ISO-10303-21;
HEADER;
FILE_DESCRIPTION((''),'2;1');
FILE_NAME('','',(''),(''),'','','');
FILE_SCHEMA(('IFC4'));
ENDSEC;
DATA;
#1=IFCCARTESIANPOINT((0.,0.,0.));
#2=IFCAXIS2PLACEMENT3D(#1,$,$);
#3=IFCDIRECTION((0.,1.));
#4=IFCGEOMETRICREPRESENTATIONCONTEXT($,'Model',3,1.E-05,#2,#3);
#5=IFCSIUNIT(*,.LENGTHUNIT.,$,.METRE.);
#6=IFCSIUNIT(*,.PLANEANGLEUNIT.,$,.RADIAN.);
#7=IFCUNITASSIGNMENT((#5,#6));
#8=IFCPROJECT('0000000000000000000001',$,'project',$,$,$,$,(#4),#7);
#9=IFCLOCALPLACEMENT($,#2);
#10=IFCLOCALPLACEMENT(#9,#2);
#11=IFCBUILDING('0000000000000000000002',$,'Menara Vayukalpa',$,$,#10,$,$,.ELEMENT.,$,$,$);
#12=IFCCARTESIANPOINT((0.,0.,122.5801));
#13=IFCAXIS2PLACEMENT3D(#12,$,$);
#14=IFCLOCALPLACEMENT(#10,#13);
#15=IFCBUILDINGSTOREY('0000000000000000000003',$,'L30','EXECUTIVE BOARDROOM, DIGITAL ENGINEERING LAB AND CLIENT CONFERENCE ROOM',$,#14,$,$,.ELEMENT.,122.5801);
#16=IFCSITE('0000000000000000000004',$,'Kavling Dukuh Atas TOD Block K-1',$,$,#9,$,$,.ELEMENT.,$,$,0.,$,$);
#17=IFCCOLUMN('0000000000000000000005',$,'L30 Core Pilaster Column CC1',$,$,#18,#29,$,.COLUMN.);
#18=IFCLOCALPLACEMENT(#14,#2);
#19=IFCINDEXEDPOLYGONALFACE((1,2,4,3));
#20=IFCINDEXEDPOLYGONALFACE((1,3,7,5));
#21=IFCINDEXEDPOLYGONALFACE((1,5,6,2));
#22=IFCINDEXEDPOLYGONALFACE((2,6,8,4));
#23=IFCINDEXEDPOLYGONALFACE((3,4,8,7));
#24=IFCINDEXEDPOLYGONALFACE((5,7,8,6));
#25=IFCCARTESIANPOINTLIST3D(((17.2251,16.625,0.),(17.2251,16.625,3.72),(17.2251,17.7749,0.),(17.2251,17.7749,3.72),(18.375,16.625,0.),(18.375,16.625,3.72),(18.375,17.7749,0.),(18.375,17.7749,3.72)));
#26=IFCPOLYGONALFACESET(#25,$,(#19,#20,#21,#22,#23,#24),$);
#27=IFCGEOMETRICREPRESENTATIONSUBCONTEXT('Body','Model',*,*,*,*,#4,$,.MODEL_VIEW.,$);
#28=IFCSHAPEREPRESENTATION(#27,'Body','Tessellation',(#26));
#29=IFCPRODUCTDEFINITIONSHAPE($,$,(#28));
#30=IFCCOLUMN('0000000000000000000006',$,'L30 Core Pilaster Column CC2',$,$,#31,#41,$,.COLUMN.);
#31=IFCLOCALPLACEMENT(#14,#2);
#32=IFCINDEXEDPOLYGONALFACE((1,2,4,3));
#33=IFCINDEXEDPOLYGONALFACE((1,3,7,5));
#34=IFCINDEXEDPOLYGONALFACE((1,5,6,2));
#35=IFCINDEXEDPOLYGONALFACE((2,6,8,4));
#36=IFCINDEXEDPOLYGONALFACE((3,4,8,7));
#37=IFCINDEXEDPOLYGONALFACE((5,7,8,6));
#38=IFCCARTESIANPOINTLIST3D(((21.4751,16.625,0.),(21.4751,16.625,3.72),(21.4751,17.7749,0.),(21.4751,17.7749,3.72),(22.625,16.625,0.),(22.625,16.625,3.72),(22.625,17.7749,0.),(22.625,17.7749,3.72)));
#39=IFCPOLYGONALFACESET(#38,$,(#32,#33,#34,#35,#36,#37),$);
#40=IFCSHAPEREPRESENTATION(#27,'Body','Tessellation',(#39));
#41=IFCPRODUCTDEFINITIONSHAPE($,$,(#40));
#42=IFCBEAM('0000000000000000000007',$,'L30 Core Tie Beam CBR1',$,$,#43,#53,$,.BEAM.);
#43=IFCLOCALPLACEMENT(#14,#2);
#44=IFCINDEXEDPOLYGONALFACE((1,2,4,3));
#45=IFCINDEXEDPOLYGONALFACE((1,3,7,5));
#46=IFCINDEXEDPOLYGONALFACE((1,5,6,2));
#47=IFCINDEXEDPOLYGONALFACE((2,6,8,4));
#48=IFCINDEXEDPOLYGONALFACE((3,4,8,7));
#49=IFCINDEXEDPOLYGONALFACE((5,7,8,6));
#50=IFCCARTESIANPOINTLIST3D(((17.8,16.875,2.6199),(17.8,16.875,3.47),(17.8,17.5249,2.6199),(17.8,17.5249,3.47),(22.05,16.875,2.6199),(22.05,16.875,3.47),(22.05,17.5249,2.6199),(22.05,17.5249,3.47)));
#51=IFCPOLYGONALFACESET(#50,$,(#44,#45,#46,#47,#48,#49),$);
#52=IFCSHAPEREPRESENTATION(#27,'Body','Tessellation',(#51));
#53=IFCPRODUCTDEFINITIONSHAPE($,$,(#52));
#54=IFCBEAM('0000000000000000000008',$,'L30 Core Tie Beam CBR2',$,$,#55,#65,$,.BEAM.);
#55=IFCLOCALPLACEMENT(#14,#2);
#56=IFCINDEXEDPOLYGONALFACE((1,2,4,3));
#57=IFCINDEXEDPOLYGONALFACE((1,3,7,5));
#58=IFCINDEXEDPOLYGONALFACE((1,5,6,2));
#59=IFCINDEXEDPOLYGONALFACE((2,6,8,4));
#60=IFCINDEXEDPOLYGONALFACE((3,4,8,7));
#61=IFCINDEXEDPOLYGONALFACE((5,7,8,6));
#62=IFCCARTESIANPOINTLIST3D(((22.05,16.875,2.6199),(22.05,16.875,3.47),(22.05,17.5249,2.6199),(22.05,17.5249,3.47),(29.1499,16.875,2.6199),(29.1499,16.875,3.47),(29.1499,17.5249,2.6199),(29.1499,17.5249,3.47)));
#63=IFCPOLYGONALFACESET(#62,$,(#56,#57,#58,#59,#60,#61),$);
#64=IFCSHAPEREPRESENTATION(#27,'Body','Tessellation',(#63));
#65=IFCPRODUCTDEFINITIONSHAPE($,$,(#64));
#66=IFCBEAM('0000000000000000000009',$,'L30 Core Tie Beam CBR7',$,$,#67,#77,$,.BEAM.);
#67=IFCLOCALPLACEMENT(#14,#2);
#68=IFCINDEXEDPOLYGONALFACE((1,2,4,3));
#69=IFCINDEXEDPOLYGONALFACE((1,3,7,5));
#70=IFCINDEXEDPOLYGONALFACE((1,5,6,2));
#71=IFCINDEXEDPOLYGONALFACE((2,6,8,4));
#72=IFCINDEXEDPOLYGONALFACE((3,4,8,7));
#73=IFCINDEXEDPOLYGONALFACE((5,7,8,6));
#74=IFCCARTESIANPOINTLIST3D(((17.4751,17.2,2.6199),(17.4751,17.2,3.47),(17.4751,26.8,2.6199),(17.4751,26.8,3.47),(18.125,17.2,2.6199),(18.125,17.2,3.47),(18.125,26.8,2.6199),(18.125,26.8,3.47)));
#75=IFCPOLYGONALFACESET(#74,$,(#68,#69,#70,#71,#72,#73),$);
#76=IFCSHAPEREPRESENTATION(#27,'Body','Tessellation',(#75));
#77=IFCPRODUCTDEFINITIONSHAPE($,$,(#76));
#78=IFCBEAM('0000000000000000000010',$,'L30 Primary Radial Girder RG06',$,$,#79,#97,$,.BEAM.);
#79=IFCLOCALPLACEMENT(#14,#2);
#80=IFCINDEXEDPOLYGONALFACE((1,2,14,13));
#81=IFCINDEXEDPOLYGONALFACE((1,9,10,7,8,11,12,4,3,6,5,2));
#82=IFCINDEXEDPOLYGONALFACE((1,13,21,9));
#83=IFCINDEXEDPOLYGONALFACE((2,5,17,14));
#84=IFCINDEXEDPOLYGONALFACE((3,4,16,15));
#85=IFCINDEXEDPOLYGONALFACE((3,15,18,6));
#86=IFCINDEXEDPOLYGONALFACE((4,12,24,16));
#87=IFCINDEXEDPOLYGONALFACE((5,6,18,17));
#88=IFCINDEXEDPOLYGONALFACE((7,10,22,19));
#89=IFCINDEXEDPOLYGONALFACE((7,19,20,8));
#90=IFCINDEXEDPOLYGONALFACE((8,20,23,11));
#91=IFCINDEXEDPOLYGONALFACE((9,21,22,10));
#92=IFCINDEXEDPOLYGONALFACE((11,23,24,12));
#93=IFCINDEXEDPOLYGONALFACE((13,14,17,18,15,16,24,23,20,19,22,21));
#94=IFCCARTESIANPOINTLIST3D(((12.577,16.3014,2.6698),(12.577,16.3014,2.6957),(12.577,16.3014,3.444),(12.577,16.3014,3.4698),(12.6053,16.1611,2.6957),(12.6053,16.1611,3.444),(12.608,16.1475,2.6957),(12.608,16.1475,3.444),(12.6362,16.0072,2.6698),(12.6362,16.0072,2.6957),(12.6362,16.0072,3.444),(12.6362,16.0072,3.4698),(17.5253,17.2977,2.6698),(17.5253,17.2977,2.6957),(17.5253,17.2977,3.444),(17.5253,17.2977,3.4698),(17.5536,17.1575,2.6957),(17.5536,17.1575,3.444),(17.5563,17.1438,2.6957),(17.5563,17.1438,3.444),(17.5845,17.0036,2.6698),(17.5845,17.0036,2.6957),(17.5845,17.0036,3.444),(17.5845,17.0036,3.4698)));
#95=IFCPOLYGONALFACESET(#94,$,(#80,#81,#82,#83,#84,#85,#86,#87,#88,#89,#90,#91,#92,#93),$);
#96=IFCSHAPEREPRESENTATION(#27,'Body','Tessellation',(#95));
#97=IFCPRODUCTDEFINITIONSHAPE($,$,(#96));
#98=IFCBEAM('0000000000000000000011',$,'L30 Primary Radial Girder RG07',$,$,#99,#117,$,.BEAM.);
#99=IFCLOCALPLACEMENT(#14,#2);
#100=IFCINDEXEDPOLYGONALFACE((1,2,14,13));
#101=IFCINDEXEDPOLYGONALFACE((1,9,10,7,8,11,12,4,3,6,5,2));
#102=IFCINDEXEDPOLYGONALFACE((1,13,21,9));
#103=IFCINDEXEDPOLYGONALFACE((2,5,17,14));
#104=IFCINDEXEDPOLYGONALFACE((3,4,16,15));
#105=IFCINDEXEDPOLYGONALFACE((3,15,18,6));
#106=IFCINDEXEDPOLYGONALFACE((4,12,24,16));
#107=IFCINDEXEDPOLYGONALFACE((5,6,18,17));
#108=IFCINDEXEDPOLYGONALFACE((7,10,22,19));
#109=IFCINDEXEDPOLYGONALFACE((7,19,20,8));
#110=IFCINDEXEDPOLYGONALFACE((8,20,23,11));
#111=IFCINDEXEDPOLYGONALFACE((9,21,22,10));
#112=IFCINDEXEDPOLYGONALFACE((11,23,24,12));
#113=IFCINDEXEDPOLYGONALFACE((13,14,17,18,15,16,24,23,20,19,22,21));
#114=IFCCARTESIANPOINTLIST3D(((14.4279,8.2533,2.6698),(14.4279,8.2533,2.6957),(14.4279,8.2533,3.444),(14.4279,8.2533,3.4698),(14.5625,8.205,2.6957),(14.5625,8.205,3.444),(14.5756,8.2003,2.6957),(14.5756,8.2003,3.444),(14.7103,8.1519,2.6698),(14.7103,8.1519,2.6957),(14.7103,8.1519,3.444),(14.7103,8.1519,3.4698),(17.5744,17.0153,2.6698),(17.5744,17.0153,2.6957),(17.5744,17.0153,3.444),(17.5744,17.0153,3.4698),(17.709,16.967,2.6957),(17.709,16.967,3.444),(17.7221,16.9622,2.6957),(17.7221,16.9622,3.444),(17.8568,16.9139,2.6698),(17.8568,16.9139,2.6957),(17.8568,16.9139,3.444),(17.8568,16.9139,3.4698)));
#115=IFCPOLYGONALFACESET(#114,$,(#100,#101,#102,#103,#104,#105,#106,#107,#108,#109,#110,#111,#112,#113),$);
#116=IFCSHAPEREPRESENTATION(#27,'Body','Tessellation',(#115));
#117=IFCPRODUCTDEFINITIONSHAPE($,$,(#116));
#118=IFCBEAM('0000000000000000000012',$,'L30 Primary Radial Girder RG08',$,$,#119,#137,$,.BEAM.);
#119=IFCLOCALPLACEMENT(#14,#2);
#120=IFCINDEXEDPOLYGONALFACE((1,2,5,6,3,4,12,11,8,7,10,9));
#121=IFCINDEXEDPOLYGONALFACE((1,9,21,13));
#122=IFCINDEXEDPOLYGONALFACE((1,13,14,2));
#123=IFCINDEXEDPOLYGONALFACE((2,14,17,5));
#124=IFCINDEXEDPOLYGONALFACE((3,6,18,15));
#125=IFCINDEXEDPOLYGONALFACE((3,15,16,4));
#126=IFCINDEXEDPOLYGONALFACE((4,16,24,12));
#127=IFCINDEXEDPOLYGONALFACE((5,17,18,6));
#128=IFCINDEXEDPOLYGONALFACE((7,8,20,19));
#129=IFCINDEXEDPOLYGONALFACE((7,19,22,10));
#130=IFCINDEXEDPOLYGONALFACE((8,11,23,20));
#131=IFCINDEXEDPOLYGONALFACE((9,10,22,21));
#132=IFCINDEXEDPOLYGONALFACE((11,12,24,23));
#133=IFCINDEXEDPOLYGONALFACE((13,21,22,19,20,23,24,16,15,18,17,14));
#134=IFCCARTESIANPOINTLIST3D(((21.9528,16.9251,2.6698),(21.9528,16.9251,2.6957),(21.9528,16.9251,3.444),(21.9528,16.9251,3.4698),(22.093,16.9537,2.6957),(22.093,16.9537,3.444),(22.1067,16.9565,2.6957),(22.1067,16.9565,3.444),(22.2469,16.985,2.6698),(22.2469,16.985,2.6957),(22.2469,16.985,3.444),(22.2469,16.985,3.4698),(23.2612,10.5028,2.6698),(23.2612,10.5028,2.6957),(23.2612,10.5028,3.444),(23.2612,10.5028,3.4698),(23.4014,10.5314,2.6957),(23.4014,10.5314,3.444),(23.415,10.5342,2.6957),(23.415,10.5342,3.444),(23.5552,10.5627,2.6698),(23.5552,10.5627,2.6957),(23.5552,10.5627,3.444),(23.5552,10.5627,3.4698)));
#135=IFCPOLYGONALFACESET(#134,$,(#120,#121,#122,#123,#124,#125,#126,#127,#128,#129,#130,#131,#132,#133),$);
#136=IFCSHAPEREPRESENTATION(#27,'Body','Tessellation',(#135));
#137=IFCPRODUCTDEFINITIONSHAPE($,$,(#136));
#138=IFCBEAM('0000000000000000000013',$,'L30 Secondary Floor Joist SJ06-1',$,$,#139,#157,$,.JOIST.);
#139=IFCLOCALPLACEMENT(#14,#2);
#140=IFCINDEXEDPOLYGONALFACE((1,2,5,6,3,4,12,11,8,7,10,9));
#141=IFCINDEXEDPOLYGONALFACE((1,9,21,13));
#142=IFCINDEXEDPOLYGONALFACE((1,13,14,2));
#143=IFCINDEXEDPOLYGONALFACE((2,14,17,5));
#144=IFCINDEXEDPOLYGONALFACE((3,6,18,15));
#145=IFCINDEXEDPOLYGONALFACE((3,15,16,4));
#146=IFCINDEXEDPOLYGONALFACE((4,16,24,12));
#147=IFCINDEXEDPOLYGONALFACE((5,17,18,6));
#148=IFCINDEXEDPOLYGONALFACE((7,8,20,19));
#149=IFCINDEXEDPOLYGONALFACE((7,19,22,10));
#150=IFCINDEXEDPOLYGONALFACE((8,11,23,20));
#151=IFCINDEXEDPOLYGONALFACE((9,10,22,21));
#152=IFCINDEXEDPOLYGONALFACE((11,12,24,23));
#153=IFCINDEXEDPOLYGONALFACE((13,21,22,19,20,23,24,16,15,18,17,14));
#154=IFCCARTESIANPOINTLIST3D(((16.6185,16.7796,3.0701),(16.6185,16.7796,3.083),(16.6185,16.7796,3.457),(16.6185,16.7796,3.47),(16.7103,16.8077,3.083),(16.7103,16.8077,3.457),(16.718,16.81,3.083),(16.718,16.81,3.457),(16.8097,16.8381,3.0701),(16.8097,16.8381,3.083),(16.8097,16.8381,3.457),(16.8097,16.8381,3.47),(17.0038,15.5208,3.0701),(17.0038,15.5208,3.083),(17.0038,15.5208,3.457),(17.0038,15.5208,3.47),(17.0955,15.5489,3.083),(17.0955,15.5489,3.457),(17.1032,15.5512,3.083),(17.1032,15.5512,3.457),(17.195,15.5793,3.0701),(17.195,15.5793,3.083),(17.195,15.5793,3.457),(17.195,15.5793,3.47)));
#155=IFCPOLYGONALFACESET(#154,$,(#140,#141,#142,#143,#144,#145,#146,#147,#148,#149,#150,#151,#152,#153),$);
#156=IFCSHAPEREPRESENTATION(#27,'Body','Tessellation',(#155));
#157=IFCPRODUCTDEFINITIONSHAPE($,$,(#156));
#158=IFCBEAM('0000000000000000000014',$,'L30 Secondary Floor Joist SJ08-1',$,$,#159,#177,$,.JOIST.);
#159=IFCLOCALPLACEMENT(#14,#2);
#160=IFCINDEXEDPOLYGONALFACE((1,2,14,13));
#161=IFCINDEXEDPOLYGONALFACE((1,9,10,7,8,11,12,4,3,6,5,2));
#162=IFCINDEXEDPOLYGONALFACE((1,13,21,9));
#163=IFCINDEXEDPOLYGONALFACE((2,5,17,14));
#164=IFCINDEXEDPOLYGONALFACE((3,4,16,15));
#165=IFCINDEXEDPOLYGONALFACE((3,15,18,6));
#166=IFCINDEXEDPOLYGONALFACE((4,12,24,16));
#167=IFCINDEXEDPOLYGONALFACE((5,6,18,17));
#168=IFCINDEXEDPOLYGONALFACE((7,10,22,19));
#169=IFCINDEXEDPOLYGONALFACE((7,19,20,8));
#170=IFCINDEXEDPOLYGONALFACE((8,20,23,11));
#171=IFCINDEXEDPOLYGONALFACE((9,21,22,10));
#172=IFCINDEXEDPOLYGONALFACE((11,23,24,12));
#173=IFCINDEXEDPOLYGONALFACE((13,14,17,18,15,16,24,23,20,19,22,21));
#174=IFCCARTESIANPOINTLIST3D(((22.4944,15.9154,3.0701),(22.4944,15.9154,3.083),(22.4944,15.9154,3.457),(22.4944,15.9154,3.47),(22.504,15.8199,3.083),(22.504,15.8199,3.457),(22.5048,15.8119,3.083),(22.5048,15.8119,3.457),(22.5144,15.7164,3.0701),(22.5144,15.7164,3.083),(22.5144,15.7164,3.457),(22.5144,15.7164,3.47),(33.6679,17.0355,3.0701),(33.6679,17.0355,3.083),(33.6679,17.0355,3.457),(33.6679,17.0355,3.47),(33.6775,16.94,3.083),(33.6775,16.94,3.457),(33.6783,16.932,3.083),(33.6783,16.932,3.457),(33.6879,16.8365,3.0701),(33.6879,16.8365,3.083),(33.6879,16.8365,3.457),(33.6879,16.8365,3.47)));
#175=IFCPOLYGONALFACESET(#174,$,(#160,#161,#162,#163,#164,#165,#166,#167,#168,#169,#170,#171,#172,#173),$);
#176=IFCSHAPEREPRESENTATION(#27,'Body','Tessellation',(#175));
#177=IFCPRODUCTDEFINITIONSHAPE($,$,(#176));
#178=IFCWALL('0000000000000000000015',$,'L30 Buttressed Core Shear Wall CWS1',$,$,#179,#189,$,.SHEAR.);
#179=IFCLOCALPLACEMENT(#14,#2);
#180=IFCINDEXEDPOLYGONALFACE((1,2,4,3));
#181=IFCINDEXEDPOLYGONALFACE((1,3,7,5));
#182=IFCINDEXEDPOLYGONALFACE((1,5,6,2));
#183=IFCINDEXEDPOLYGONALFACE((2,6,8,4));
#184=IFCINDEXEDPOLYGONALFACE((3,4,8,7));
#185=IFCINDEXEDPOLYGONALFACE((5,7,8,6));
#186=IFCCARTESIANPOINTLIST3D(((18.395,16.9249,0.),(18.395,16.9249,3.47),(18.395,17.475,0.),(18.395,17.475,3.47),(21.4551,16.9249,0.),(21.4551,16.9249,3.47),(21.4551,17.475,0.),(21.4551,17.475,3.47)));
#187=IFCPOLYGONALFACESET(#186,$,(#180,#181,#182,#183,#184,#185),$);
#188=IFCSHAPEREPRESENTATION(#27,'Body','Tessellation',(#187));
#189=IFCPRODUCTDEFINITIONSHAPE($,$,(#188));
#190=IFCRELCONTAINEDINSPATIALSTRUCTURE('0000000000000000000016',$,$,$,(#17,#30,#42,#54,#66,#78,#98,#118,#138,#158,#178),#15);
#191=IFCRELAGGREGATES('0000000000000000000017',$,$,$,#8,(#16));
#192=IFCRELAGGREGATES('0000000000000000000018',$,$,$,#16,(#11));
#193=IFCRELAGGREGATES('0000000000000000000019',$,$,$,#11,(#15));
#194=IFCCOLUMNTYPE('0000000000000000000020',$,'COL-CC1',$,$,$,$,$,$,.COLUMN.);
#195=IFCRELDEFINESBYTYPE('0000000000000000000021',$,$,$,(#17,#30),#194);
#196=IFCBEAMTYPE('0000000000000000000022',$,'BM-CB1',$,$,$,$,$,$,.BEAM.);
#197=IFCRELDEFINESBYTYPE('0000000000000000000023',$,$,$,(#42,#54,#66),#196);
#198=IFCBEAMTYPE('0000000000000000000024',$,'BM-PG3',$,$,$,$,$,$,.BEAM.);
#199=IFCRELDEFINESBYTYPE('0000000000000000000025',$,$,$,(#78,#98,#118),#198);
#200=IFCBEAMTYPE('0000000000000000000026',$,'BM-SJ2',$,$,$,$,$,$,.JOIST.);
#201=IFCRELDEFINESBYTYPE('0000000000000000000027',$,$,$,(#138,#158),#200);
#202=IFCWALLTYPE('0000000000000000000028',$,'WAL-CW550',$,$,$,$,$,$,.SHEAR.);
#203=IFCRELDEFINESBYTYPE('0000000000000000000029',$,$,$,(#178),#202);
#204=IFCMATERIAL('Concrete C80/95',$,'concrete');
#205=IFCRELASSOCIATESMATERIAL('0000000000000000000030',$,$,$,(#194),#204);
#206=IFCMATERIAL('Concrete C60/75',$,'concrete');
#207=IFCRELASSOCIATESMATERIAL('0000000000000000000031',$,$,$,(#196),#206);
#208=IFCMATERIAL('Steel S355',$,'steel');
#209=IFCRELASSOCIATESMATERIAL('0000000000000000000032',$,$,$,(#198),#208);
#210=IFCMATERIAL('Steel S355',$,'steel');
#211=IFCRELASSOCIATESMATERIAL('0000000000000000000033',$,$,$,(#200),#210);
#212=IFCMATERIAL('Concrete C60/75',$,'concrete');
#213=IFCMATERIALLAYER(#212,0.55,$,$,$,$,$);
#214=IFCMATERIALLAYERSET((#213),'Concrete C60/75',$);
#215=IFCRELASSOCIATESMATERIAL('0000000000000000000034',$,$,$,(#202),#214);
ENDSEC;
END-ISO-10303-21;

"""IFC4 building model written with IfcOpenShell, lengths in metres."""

from ifc_helpers import new_model, si_unit, direction, frame, frame_2d, origin, origin_2d, place, context, subcontext, project, spatial, rectangle, i_section, extrude, material, layer, layer_set, material_profile, profile_set, type_object, element, save


model = new_model("IFC4")

# Units and contexts
model_context = context("Model", 3, precision=1e-05, world=origin(), true_north=direction((0.0, 1.0)))
body_context = subcontext(model_context, "Body", "Model", "MODEL_VIEW")
ifc_project = project(units=[si_unit("LENGTHUNIT", "METRE"), si_unit("PLANEANGLEUNIT", "RADIAN")], contexts=[model_context])

# Site, building, storey
site_placement = place(None, origin())
site = spatial("IfcSite", under=ifc_project, at=site_placement, Name="Kavling Dukuh Atas TOD Block K-1", CompositionType="ELEMENT", RefElevation=0.0)
building_placement = place(site_placement, origin())
building = spatial("IfcBuilding", under=site, at=building_placement, Name="Menara Vayukalpa", CompositionType="ELEMENT")
storey_placement = place(building_placement, frame((0.0, 0.0, 122.5801)))
storey = spatial("IfcBuildingStorey", under=building, at=storey_placement, Name="L30", Description="EXECUTIVE BOARDROOM, DIGITAL ENGINEERING LAB AND CLIENT CONFERENCE ROOM", CompositionType="ELEMENT", Elevation=122.5801)

# Columns
ifc_material_1 = material(Name="Concrete C80/95", Category="concrete")
ifc_material_profile_1 = material_profile(ifc_material_1, rectangle(XDim=1.1499, YDim=1.1499, at=origin_2d()), Name="RC 1150x1150")
ifc_profile_set_1 = profile_set([ifc_material_profile_1], Name="Concrete C80/95")
column_type = type_object("IfcColumnType", Name="COL-CC1", PredefinedType="COLUMN", material=ifc_profile_set_1)
for number, where, z_axis, x_axis, name in (
    (1, (17.8, 17.2, 0.0), (0.0, 0.0, 1.0), (1.0, 0.0, 0.0), "L30 Core Pilaster Column CC1"),
    (2, (22.05, 17.2, 0.0), (0.0, 0.0, 1.0), (1.0, 0.0, 0.0), "L30 Core Pilaster Column CC2"),
):
    element("IfcColumn", number, at=place(storey_placement, frame(where, z_axis=z_axis, x_axis=x_axis)), inside=storey, type_object=column_type, Name=name, PredefinedType="COLUMN", context=body_context, shape_type="SweptSolid", body=[
        extrude(rectangle(XDim=1.1499, YDim=1.1499, at=origin_2d()), origin(), (0.0, 0.0, 1.0), 3.72),
    ])

# Beams
ifc_material_2 = material(Name="Concrete C60/75", Category="concrete")
ifc_material_profile_2 = material_profile(ifc_material_2, rectangle(XDim=0.6499, YDim=0.8501, at=origin_2d()), Name="RC 650x850")
ifc_profile_set_2 = profile_set([ifc_material_profile_2], Name="Concrete C60/75")
beam_type_1 = type_object("IfcBeamType", Name="BM-CB1", PredefinedType="BEAM", material=ifc_profile_set_2)
beam_1_placement = place(storey_placement, frame((17.8, 17.2, 3.0449), z_axis=(1.0, 0.0, 0.0), x_axis=(0.0, 1.0, 0.0)))
element("IfcBeam", 3, at=beam_1_placement, inside=storey, type_object=beam_type_1, Name="L30 Core Tie Beam CBR1", PredefinedType="BEAM", context=body_context, shape_type="SweptSolid", body=[
    extrude(rectangle(XDim=0.6499, YDim=0.8501, at=origin_2d()), origin(), (0.0, 0.0, 1.0), 4.25),
])
beam_2_placement = place(storey_placement, frame((22.05, 17.2, 3.0449), z_axis=(1.0, 0.0, 0.0), x_axis=(0.0, 1.0, 0.0)))
element("IfcBeam", 4, at=beam_2_placement, inside=storey, type_object=beam_type_1, Name="L30 Core Tie Beam CBR2", PredefinedType="BEAM", context=body_context, shape_type="SweptSolid", body=[
    extrude(rectangle(XDim=0.6499, YDim=0.8501, at=origin_2d()), origin(), (0.0, 0.0, 1.0), 7.0999),
])
beam_3_placement = place(storey_placement, frame((17.8, 17.2, 3.0449), z_axis=(0.0, 1.0, 0.0), x_axis=(-1.0, 0.0, 0.0)))
element("IfcBeam", 5, at=beam_3_placement, inside=storey, type_object=beam_type_1, Name="L30 Core Tie Beam CBR7", PredefinedType="BEAM", context=body_context, shape_type="SweptSolid", body=[
    extrude(rectangle(XDim=0.6499, YDim=0.8501, at=origin_2d()), origin(), (0.0, 0.0, 1.0), 9.6001),
])
ifc_material_3 = material(Name="Steel S355", Category="steel")
ifc_material_profile_3 = material_profile(ifc_material_3, i_section(OverallWidth=0.3, OverallDepth=0.8, WebThickness=0.0139, FlangeThickness=0.0259, at=origin_2d()), Name="WF 800x300x14x26")
ifc_profile_set_3 = profile_set([ifc_material_profile_3], Name="Steel S355")
beam_type_2 = type_object("IfcBeamType", Name="BM-PG3", PredefinedType="BEAM", material=ifc_profile_set_3)
beam_4_placement = place(storey_placement, frame((17.5549, 17.1506, 3.0698), z_axis=(-0.980325, -0.19739, 0.0), x_axis=(0.19739, -0.980325, 0.0)))
element("IfcBeam", 6, at=beam_4_placement, inside=storey, type_object=beam_type_2, Name="L30 Primary Radial Girder RG06", PredefinedType="BEAM", context=body_context, shape_type="SweptSolid", body=[
    extrude(i_section(OverallWidth=0.3, OverallDepth=0.8, WebThickness=0.0139, FlangeThickness=0.0259, at=origin_2d()), origin(), (0.0, 0.0, 1.0), 5.0476),
])
beam_5_placement = place(storey_placement, frame((17.7156, 16.9646, 3.0698), z_axis=(-0.337976, -0.941155, 0.0), x_axis=(0.941155, -0.337976, 0.0)))
element("IfcBeam", 7, at=beam_5_placement, inside=storey, type_object=beam_type_2, Name="L30 Primary Radial Girder RG07", PredefinedType="BEAM", context=body_context, shape_type="SweptSolid", body=[
    extrude(i_section(OverallWidth=0.3, OverallDepth=0.8, WebThickness=0.0139, FlangeThickness=0.0259, at=origin_2d()), origin(), (0.0, 0.0, 1.0), 9.3098),
])
beam_6_placement = place(storey_placement, frame((22.0999, 16.9551, 3.0698), z_axis=(0.199618, -0.979874, 0.0), x_axis=(0.979874, 0.199618, 0.0)))
element("IfcBeam", 8, at=beam_6_placement, inside=storey, type_object=beam_type_2, Name="L30 Primary Radial Girder RG08", PredefinedType="BEAM", context=body_context, shape_type="SweptSolid", body=[
    extrude(i_section(OverallWidth=0.3, OverallDepth=0.8, WebThickness=0.0139, FlangeThickness=0.0259, at=origin_2d()), origin(), (0.0, 0.0, 1.0), 6.5542),
])
ifc_material_4 = material(Name="Steel S355", Category="steel")
ifc_material_profile_4 = material_profile(ifc_material_4, i_section(OverallWidth=0.2, OverallDepth=0.3999, WebThickness=0.0081, FlangeThickness=0.0129, at=origin_2d()), Name="WF 400x200x8x13")
ifc_profile_set_4 = profile_set([ifc_material_profile_4], Name="Steel S355")
beam_type_3 = type_object("IfcBeamType", Name="BM-SJ2", PredefinedType="JOIST", material=ifc_profile_set_4)
beam_7_placement = place(storey_placement, frame((16.7141, 16.8088, 3.27), z_axis=(0.292652, -0.956219, 0.0), x_axis=(0.956219, 0.292652, 0.0)))
element("IfcBeam", 9, at=beam_7_placement, inside=storey, type_object=beam_type_3, Name="L30 Secondary Floor Joist SJ06-1", PredefinedType="JOIST", context=body_context, shape_type="SweptSolid", body=[
    extrude(i_section(OverallWidth=0.2, OverallDepth=0.3999, WebThickness=0.0081, FlangeThickness=0.0129, at=origin_2d()), origin(), (0.0, 0.0, 1.0), 1.3164),
])
beam_8_placement = place(storey_placement, frame((22.5044, 15.8159, 3.27), z_axis=(0.995013, 0.099747, 0.0), x_axis=(-0.099747, 0.995013, 0.0)))
element("IfcBeam", 10, at=beam_8_placement, inside=storey, type_object=beam_type_3, Name="L30 Secondary Floor Joist SJ08-1", PredefinedType="JOIST", context=body_context, shape_type="SweptSolid", body=[
    extrude(i_section(OverallWidth=0.2, OverallDepth=0.3999, WebThickness=0.0081, FlangeThickness=0.0129, at=origin_2d()), origin(), (0.0, 0.0, 1.0), 11.2295),
])

# Wall
ifc_material_5 = material(Name="Concrete C60/75", Category="concrete")
ifc_layer_1 = layer(ifc_material_5, 0.55)
ifc_layer_set_1 = layer_set([ifc_layer_1], Name="Concrete C60/75")
wall_type_1 = type_object("IfcWallType", Name="WAL-CW550", PredefinedType="SHEAR", material=ifc_layer_set_1)
wall_1_placement = place(storey_placement, frame((18.395, 17.2, 0.0), z_axis=(0.0, 0.0, 1.0), x_axis=(1.0, 0.0, 0.0)))
element("IfcWall", 11, at=wall_1_placement, inside=storey, type_object=wall_type_1, Name="L30 Buttressed Core Shear Wall CWS1", PredefinedType="SHEAR", context=body_context, shape_type="SweptSolid", body=[
    extrude(rectangle(XDim=3.0601, YDim=0.55, at=frame_2d((1.53, 0.0))), origin(), (0.0, 0.0, 1.0), 3.47),
])

save(model, "model.ifc")
